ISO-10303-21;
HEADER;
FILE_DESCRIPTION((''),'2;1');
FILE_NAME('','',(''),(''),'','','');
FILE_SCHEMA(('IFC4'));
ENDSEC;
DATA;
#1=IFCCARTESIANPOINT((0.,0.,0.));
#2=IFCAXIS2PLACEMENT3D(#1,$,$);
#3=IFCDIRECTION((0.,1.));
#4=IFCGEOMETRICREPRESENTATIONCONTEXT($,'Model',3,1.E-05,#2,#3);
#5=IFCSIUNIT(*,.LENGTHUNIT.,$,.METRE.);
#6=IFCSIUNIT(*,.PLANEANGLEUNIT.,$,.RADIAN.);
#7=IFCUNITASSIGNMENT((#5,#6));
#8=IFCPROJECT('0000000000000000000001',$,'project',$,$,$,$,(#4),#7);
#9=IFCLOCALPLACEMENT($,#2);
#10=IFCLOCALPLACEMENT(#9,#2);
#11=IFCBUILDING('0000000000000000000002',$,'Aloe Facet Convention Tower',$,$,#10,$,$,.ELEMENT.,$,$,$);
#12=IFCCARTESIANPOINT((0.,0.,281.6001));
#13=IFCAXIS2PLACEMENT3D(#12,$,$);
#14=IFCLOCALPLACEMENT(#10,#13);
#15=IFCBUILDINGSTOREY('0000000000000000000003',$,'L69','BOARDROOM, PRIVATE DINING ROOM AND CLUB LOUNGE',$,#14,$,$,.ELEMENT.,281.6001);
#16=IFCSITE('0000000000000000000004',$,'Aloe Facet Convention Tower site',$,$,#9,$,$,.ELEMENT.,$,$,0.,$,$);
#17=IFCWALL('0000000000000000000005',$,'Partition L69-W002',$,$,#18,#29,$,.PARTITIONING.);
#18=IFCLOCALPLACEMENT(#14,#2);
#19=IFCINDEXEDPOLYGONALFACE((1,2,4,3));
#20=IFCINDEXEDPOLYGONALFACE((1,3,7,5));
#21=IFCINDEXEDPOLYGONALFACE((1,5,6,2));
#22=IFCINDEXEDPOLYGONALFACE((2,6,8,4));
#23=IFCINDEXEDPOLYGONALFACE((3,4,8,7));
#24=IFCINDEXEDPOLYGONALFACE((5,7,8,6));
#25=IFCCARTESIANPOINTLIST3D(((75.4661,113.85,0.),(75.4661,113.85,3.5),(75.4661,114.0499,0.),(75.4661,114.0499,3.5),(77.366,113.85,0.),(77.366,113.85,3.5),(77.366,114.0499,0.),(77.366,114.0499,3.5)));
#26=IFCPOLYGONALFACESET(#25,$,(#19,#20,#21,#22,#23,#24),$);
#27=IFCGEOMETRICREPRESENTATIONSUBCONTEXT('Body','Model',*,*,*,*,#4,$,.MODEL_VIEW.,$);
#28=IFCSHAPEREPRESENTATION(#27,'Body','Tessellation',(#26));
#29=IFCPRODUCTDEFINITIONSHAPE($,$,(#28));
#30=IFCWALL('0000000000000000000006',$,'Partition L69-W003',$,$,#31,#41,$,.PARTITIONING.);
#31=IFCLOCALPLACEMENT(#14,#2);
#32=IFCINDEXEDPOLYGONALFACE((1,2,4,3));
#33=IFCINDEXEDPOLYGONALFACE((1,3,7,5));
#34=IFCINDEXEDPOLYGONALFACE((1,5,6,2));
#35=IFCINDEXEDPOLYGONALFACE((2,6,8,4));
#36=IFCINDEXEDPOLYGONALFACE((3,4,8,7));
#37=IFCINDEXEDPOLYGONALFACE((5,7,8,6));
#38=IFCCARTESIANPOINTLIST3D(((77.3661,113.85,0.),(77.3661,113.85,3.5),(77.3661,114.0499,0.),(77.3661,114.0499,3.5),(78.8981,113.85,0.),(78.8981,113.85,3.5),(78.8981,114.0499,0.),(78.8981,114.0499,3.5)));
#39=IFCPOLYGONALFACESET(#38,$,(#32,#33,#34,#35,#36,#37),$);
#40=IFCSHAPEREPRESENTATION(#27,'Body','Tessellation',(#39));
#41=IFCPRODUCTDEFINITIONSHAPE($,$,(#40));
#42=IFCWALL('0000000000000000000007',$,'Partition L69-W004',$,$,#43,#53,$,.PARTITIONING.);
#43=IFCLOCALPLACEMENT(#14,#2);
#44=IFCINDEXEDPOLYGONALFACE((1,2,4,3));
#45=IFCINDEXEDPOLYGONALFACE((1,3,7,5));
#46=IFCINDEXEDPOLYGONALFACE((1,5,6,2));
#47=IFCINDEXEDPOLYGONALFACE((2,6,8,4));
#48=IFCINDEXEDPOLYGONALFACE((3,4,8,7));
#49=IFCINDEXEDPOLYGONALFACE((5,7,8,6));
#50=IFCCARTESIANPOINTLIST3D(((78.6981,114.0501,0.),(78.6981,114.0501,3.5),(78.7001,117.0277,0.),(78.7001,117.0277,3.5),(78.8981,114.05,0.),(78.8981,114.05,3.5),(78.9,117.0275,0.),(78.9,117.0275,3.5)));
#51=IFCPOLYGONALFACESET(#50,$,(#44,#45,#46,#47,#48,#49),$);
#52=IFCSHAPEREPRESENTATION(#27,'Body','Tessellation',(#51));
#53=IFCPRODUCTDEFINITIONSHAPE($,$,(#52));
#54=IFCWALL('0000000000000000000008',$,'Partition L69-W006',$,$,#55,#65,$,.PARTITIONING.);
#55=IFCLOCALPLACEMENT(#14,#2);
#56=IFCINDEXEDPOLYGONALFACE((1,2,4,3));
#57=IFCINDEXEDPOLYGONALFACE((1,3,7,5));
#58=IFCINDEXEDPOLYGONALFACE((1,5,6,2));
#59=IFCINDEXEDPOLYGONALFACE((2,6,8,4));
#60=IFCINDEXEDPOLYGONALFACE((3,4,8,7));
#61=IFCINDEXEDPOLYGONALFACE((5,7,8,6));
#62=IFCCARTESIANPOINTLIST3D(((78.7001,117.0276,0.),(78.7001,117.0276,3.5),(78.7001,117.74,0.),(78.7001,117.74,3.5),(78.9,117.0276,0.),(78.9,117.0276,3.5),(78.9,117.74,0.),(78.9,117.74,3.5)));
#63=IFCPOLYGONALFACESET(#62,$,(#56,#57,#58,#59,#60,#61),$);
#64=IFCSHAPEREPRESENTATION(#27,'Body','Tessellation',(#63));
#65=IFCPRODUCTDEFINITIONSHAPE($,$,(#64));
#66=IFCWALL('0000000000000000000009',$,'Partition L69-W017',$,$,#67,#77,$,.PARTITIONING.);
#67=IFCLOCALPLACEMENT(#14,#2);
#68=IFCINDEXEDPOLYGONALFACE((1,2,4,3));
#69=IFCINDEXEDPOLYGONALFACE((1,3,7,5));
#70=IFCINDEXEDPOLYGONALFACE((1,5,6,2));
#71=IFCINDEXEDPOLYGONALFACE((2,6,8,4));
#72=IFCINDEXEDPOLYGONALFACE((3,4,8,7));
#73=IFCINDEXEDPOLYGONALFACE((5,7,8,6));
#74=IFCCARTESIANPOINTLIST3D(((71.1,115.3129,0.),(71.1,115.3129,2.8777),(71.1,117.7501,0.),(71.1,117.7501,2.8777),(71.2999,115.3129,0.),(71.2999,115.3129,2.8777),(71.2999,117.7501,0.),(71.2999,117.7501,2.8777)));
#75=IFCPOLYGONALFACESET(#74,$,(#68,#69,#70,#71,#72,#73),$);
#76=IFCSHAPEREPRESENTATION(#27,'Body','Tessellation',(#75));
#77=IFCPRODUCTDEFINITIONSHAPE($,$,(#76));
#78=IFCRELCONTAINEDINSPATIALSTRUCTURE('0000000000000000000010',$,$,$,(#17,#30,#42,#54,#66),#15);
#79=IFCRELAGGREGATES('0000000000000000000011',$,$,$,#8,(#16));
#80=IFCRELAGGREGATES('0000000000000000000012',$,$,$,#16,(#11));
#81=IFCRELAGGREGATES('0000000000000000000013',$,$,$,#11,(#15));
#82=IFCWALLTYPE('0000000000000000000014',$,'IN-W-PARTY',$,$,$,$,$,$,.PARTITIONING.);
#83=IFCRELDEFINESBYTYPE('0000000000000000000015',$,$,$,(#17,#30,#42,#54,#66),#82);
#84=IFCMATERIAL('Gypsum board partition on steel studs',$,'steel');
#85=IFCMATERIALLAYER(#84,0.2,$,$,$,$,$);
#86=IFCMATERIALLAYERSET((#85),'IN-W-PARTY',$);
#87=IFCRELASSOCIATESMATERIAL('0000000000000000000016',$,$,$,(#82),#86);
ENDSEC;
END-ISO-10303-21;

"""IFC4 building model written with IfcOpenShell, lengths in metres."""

from ifc_helpers import new_model, si_unit, direction, frame, frame_2d, origin, place, context, subcontext, project, spatial, rectangle, extrude, material, layer, layer_set, type_object, element, save


model = new_model("IFC4")

# Units and contexts
model_context = context("Model", 3, precision=1e-05, world=origin(), true_north=direction((0.0, 1.0)))
body_context = subcontext(model_context, "Body", "Model", "MODEL_VIEW")
ifc_project = project(units=[si_unit("LENGTHUNIT", "METRE"), si_unit("PLANEANGLEUNIT", "RADIAN")], contexts=[model_context])

# Site, building, storey
site_placement = place(None, origin())
site = spatial("IfcSite", under=ifc_project, at=site_placement, Name="Aloe Facet Convention Tower site", CompositionType="ELEMENT", RefElevation=0.0)
building_placement = place(site_placement, origin())
building = spatial("IfcBuilding", under=site, at=building_placement, Name="Aloe Facet Convention Tower", CompositionType="ELEMENT")
storey_placement = place(building_placement, frame((0.0, 0.0, 281.6001)))
storey = spatial("IfcBuildingStorey", under=building, at=storey_placement, Name="L69", Description="BOARDROOM, PRIVATE DINING ROOM AND CLUB LOUNGE", CompositionType="ELEMENT", Elevation=281.6001)

# Walls
ifc_material_1 = material(Name="Gypsum board partition on steel studs", Category="steel")
ifc_layer_1 = layer(ifc_material_1, 0.2)
ifc_layer_set_1 = layer_set([ifc_layer_1], Name="IN-W-PARTY")
wall_type_1 = type_object("IfcWallType", Name="IN-W-PARTY", PredefinedType="PARTITIONING", material=ifc_layer_set_1)
wall_1_placement = place(storey_placement, frame((75.4661, 113.95, 0.0), z_axis=(0.0, 0.0, 1.0), x_axis=(1.0, 0.0, 0.0)))
element("IfcWall", 1, at=wall_1_placement, inside=storey, type_object=wall_type_1, Name="Partition L69-W002", PredefinedType="PARTITIONING", context=body_context, shape_type="SweptSolid", body=[
    extrude(rectangle(XDim=1.8999, YDim=0.2, at=frame_2d((0.95, 0.0))), origin(), (0.0, 0.0, 1.0), 3.5),
])
wall_2_placement = place(storey_placement, frame((77.366, 113.95, 0.0), z_axis=(0.0, 0.0, 1.0), x_axis=(1.0, 0.0, 0.0)))
element("IfcWall", 2, at=wall_2_placement, inside=storey, type_object=wall_type_1, Name="Partition L69-W003", PredefinedType="PARTITIONING", context=body_context, shape_type="SweptSolid", body=[
    extrude(rectangle(XDim=1.532, YDim=0.2, at=frame_2d((0.7661, 0.0))), origin(), (0.0, 0.0, 1.0), 3.5),
])
wall_3_placement = place(storey_placement, frame((78.7981, 114.05, 0.0), z_axis=(0.0, 0.0, 1.0), x_axis=(0.000656, 1.0, 0.0)))
element("IfcWall", 3, at=wall_3_placement, inside=storey, type_object=wall_type_1, Name="Partition L69-W004", PredefinedType="PARTITIONING", context=body_context, shape_type="SweptSolid", body=[
    extrude(rectangle(XDim=2.9775, YDim=0.2, at=frame_2d((1.4888, 0.0))), origin(), (0.0, 0.0, 1.0), 3.5),
])
wall_4_placement = place(storey_placement, frame((78.8, 117.0276, 0.0), z_axis=(0.0, 0.0, 1.0), x_axis=(0.0, 1.0, 0.0)))
element("IfcWall", 4, at=wall_4_placement, inside=storey, type_object=wall_type_1, Name="Partition L69-W006", PredefinedType="PARTITIONING", context=body_context, shape_type="SweptSolid", body=[
    extrude(rectangle(XDim=0.7124, YDim=0.2, at=frame_2d((0.3562, 0.0))), origin(), (0.0, 0.0, 1.0), 3.5),
])
wall_5_placement = place(storey_placement, frame((71.2, 115.3127, 0.0), z_axis=(0.0, 0.0, 1.0), x_axis=(0.0, 1.0, 0.0)))
element("IfcWall", 5, at=wall_5_placement, inside=storey, type_object=wall_type_1, Name="Partition L69-W017", PredefinedType="PARTITIONING", context=body_context, shape_type="SweptSolid", body=[
    extrude(rectangle(XDim=2.4373, YDim=0.2, at=frame_2d((1.2188, 0.0))), origin(), (0.0, 0.0, 1.0), 2.8777),
])

save(model, "model.ifc")
